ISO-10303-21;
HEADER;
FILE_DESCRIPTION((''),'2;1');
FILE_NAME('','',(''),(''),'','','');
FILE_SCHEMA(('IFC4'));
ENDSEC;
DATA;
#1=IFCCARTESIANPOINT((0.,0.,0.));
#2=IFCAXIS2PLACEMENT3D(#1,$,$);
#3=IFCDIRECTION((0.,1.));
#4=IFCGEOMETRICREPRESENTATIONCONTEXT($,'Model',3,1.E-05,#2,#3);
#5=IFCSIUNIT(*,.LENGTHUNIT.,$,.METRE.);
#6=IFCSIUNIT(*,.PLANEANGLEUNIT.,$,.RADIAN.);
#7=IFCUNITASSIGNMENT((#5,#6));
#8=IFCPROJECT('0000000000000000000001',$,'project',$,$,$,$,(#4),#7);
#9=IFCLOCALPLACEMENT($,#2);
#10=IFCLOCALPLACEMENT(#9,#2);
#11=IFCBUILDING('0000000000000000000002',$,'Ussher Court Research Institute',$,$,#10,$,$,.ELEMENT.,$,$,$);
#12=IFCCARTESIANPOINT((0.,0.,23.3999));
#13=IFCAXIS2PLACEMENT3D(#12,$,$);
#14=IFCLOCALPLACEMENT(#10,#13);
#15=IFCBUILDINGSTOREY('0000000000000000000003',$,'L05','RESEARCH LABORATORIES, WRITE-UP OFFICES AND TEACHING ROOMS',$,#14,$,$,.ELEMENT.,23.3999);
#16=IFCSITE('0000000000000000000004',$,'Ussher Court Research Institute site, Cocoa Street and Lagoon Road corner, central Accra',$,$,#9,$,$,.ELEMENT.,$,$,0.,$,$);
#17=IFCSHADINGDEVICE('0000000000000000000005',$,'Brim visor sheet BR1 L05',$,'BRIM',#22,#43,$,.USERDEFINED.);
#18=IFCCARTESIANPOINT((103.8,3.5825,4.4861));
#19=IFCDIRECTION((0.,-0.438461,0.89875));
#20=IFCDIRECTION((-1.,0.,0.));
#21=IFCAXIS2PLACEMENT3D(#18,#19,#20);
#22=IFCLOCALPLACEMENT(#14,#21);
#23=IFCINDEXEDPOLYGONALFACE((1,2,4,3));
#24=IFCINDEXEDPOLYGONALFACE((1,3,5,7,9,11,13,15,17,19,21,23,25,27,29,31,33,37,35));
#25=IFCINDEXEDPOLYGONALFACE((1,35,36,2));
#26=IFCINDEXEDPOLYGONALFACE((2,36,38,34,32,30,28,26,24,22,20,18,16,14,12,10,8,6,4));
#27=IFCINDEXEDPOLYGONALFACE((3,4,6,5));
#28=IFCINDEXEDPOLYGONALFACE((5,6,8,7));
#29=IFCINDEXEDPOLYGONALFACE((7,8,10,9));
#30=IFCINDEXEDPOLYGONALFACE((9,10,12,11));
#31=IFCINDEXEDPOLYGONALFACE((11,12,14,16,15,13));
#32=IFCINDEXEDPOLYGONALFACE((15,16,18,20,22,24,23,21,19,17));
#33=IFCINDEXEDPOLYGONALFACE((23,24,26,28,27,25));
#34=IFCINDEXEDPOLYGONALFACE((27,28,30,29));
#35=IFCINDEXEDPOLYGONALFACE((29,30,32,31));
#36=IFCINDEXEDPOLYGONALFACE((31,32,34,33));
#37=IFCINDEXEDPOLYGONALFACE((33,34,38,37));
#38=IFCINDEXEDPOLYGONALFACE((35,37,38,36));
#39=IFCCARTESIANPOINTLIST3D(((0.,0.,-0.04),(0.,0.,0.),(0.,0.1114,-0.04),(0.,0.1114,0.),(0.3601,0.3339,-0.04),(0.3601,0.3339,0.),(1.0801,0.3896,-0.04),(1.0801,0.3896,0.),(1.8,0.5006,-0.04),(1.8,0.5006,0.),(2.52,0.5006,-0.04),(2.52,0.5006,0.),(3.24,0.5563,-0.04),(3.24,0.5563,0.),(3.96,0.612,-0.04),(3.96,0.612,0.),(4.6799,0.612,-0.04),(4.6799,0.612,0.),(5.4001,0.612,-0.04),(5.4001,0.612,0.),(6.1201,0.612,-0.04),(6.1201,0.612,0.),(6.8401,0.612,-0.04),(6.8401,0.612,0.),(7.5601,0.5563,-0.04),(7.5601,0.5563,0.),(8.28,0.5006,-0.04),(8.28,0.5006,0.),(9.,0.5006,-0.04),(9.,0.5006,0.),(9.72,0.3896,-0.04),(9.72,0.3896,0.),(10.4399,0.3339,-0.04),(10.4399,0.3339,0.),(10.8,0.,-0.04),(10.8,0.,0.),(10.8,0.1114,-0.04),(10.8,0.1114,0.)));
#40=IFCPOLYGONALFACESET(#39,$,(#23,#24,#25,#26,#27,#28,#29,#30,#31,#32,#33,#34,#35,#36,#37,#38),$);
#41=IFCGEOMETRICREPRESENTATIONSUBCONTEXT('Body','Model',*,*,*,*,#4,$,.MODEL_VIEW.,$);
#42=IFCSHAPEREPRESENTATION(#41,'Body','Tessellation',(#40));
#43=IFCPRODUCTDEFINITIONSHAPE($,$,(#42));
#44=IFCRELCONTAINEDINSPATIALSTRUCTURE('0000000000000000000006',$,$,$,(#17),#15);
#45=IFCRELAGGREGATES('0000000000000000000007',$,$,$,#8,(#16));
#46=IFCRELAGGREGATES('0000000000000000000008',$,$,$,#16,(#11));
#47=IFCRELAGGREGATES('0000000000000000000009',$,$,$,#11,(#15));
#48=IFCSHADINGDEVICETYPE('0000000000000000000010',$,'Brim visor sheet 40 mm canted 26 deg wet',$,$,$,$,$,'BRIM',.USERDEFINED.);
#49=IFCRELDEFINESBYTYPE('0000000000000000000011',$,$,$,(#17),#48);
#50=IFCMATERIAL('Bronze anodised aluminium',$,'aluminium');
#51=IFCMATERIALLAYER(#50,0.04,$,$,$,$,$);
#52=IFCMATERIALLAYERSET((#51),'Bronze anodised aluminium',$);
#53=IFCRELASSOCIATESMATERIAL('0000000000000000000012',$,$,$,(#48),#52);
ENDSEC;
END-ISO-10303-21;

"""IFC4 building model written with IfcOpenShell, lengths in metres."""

from ifc_helpers import new_model, si_unit, direction, frame, origin, place, context, subcontext, project, spatial, polyline, outline, extrude, material, layer, layer_set, type_object, element, save


model = new_model("IFC4")

# Units and contexts
model_context = context("Model", 3, precision=1e-05, world=origin(), true_north=direction((0.0, 1.0)))
body_context = subcontext(model_context, "Body", "Model", "MODEL_VIEW")
ifc_project = project(units=[si_unit("LENGTHUNIT", "METRE"), si_unit("PLANEANGLEUNIT", "RADIAN")], contexts=[model_context])

# Site, building, storey
site_placement = place(None, origin())
site = spatial("IfcSite", under=ifc_project, at=site_placement, Name="Ussher Court Research Institute site, Cocoa Street and Lagoon Road corner, central Accra", CompositionType="ELEMENT", RefElevation=0.0)
building_placement = place(site_placement, origin())
building = spatial("IfcBuilding", under=site, at=building_placement, Name="Ussher Court Research Institute", CompositionType="ELEMENT")
storey_placement = place(building_placement, frame((0.0, 0.0, 23.3999)))
storey = spatial("IfcBuildingStorey", under=building, at=storey_placement, Name="L05", Description="RESEARCH LABORATORIES, WRITE-UP OFFICES AND TEACHING ROOMS", CompositionType="ELEMENT", Elevation=23.3999)

# Shading device
ifc_material_1 = material(Name="Bronze anodised aluminium", Category="aluminium")
ifc_layer_1 = layer(ifc_material_1, 0.04)
ifc_layer_set_1 = layer_set([ifc_layer_1], Name="Bronze anodised aluminium")
shading_device_type_1 = type_object("IfcShadingDeviceType", Name="Brim visor sheet 40 mm canted 26 deg wet", ElementType="BRIM", PredefinedType="USERDEFINED", material=ifc_layer_set_1)
shading_device_1_placement = place(storey_placement, frame((103.8, 3.5825, 4.4861), z_axis=(0.0, -0.438461, 0.89875), x_axis=(-1.0, 0.0, 0.0)))
element("IfcShadingDevice", 1, at=shading_device_1_placement, inside=storey, type_object=shading_device_type_1, Name="Brim visor sheet BR1 L05", ObjectType="BRIM", PredefinedType="USERDEFINED", context=body_context, shape_type="SweptSolid", body=[
    extrude(outline(polyline([(0.0, 0.0), (10.8, 0.0), (10.8, 0.1114), (10.4399, 0.3339), (9.72, 0.3896), (9.0, 0.5006), (8.28, 0.5006), (7.5601, 0.5563), (6.8401, 0.612), (6.1201, 0.612), (5.4001, 0.612), (4.6799, 0.612), (3.96, 0.612), (3.24, 0.5563), (2.52, 0.5006), (1.8, 0.5006), (1.0801, 0.3896), (0.3601, 0.3339), (0.0, 0.1114), (0.0, 0.0)])), origin(), (0.0, 0.0, -1.0), 0.04),
])

save(model, "model.ifc")
